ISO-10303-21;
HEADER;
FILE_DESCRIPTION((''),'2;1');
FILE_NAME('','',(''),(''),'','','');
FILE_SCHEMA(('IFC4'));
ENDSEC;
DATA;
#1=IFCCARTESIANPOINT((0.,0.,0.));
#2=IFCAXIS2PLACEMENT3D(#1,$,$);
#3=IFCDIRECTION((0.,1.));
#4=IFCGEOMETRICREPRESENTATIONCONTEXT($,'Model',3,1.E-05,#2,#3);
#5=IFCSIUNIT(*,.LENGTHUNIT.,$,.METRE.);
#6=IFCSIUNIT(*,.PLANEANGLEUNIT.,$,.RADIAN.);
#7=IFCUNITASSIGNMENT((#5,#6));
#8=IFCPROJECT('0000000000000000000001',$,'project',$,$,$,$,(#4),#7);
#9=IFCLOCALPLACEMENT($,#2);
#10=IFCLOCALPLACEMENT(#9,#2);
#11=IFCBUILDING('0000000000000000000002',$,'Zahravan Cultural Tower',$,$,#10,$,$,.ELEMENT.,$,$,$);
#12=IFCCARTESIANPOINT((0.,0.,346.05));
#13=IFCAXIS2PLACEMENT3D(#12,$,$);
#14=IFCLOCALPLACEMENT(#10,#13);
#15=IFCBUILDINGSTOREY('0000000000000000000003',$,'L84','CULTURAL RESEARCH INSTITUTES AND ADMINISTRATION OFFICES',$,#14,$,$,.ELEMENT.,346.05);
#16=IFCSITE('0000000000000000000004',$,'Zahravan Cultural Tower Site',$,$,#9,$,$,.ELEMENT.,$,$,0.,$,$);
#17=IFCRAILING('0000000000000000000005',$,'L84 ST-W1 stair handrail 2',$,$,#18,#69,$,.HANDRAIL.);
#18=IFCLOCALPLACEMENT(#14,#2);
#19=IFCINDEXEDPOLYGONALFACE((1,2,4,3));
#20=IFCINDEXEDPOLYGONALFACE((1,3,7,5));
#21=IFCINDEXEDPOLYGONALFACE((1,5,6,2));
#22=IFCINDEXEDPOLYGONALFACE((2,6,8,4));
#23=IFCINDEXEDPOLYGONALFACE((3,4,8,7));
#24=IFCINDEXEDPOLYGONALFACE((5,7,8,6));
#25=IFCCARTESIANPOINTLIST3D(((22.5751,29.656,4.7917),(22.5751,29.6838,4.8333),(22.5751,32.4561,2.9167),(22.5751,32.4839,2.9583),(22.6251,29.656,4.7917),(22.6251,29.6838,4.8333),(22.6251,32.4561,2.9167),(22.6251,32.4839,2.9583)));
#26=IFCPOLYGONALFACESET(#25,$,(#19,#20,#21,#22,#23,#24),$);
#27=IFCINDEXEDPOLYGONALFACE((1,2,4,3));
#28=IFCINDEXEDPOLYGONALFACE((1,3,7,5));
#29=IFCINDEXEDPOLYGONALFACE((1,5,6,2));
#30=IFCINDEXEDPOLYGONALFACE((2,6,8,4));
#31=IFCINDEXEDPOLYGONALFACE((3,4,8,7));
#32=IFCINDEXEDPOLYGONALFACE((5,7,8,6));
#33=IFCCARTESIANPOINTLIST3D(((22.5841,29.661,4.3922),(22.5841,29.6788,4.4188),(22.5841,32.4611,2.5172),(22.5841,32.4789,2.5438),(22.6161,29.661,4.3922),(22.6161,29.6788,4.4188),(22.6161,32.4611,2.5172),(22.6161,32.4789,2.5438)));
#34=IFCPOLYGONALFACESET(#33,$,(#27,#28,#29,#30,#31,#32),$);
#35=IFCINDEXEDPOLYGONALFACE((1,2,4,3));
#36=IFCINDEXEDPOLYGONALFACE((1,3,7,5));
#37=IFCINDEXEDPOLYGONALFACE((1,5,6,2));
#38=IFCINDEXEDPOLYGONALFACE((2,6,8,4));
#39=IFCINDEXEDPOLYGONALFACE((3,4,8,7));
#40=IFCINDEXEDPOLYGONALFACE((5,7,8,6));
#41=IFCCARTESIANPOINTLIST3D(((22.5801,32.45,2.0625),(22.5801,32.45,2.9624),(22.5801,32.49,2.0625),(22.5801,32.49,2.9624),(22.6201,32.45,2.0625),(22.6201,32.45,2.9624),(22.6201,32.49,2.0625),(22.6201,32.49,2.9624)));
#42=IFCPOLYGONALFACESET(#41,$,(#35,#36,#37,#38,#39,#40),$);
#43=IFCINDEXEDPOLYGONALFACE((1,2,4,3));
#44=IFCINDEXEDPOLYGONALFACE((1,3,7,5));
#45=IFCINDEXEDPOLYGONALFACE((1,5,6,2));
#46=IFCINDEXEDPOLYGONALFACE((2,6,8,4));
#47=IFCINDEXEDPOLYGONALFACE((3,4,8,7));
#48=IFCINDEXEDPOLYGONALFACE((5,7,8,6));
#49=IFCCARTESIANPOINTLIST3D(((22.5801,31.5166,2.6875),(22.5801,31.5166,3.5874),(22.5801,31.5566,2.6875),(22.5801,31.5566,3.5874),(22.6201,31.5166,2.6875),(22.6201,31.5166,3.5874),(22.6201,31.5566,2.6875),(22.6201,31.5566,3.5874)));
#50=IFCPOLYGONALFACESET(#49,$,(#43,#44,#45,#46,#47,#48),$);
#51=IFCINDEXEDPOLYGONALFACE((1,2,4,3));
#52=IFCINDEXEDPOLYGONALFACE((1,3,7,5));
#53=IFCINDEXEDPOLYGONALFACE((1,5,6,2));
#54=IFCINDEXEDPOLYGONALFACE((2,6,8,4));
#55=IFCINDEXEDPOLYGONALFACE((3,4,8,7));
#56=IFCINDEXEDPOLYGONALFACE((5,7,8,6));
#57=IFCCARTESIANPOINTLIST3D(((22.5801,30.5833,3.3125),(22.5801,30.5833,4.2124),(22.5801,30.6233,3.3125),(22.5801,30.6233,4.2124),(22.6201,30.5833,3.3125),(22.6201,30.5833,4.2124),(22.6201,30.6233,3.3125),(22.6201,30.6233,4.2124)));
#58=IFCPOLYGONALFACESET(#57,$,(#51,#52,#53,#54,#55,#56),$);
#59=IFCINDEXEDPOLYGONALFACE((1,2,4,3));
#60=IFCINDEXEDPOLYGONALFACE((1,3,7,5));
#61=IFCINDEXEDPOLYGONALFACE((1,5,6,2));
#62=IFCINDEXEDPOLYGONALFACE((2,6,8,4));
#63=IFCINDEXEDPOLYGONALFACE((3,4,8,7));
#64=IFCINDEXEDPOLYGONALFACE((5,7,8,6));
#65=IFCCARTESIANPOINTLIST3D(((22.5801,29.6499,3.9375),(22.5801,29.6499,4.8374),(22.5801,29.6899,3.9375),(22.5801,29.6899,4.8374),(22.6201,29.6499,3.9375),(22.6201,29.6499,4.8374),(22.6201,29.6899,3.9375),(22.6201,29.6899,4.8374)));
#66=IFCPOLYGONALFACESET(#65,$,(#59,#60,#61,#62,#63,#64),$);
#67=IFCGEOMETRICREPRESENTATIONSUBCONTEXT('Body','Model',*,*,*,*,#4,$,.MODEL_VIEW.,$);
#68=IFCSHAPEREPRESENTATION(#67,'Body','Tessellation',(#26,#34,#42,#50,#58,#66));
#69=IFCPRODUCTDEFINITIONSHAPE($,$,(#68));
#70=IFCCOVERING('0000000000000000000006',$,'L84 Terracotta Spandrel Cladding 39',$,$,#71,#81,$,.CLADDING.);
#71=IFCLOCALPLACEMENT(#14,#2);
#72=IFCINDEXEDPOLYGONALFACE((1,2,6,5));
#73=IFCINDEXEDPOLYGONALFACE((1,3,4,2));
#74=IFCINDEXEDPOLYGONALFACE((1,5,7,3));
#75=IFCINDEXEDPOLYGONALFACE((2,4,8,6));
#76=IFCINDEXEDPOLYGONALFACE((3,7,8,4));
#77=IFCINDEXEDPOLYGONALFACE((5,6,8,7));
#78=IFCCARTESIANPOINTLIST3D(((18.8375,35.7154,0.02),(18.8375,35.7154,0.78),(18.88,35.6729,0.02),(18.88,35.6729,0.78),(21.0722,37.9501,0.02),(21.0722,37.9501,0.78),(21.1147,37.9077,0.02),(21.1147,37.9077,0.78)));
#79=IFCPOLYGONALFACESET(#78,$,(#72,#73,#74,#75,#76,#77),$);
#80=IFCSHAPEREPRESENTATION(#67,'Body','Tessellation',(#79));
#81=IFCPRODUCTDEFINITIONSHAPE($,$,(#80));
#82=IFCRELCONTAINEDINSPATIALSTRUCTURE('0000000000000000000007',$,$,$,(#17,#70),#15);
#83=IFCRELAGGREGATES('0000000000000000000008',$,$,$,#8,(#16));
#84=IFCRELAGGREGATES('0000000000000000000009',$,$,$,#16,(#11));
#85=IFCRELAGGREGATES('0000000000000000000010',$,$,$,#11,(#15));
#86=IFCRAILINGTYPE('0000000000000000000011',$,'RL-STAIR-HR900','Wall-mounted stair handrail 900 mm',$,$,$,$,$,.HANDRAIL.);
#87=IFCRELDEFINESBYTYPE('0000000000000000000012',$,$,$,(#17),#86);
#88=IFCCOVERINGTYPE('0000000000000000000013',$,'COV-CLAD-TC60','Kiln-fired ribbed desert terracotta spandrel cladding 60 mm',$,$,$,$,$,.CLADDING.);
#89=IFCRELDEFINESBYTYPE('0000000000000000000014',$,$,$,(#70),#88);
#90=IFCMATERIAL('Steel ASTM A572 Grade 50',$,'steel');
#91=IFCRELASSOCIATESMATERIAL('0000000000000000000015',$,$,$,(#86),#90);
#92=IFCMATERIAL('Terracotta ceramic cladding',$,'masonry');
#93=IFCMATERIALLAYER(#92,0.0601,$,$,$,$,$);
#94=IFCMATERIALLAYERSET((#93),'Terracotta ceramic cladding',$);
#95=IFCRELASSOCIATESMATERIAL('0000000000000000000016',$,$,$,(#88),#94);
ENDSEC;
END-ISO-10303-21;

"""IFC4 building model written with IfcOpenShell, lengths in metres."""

from ifc_helpers import new_model, si_unit, direction, frame, origin, origin_2d, place, context, subcontext, project, spatial, rectangle, extrude, source, transform, mapped, material, layer, layer_set, type_object, element, save


model = new_model("IFC4")

# Units and contexts
model_context = context("Model", 3, precision=1e-05, world=origin(), true_north=direction((0.0, 1.0)))
body_context = subcontext(model_context, "Body", "Model", "MODEL_VIEW")
ifc_project = project(units=[si_unit("LENGTHUNIT", "METRE"), si_unit("PLANEANGLEUNIT", "RADIAN")], contexts=[model_context])

# Site, building, storey
site_placement = place(None, origin())
site = spatial("IfcSite", under=ifc_project, at=site_placement, Name="Zahravan Cultural Tower Site", CompositionType="ELEMENT", RefElevation=0.0)
building_placement = place(site_placement, origin())
building = spatial("IfcBuilding", under=site, at=building_placement, Name="Zahravan Cultural Tower", CompositionType="ELEMENT")
storey_placement = place(building_placement, frame((0.0, 0.0, 346.05)))
storey = spatial("IfcBuildingStorey", under=building, at=storey_placement, Name="L84", Description="CULTURAL RESEARCH INSTITUTES AND ADMINISTRATION OFFICES", CompositionType="ELEMENT", Elevation=346.05)

# Railing
ifc_material_1 = material(Name="Steel ASTM A572 Grade 50", Category="steel")
railing_type_1 = type_object("IfcRailingType", Name="RL-STAIR-HR900", Description="Wall-mounted stair handrail 900 mm", PredefinedType="HANDRAIL", material=ifc_material_1)
railing_1_placement = place(storey_placement, frame((22.6001, 32.47, 2.0625)))
element("IfcRailing", 1, at=railing_1_placement, inside=storey, type_object=railing_type_1, Name="L84 ST-W1 stair handrail 2", PredefinedType="HANDRAIL", context=body_context, shape_type="SweptSolid", body=[
    extrude(rectangle(XDim=0.05, YDim=0.05, at=origin_2d()), frame((0.0, 0.0, 0.875), z_axis=(0.0, -0.830912, 0.556404), x_axis=(1.0, 0.0, 0.0)), (0.0, 0.0, 1.0), 3.3699),
    extrude(rectangle(XDim=0.032, YDim=0.032, at=origin_2d()), frame((0.0, 0.0, 0.468), z_axis=(0.0, -0.830912, 0.556404), x_axis=(1.0, 0.0, 0.0)), (0.0, 0.0, 1.0), 3.3699),
    extrude(rectangle(XDim=0.04, YDim=0.04, at=origin_2d()), origin(), (0.0, 0.0, 1.0), 0.8999),
    extrude(rectangle(XDim=0.04, YDim=0.04, at=origin_2d()), frame((0.0, -0.9333, 0.625)), (0.0, 0.0, 1.0), 0.8999),
    extrude(rectangle(XDim=0.04, YDim=0.04, at=origin_2d()), frame((0.0, -1.8667, 1.25)), (0.0, 0.0, 1.0), 0.8999),
    extrude(rectangle(XDim=0.04, YDim=0.04, at=origin_2d()), frame((0.0, -2.8, 1.875)), (0.0, 0.0, 1.0), 0.8999),
])

# Covering
ifc_material_2 = material(Name="Terracotta ceramic cladding", Category="masonry")
ifc_layer_1 = layer(ifc_material_2, 0.0601)
ifc_layer_set_1 = layer_set([ifc_layer_1], Name="Terracotta ceramic cladding")
covering_type = type_object("IfcCoveringType", Name="COV-CLAD-TC60", Description="Kiln-fired ribbed desert terracotta spandrel cladding 60 mm", PredefinedType="CLADDING", material=ifc_layer_set_1)
shared_shape_1 = source(origin(), body_context, "Body", "SweptSolid", [
    extrude(rectangle(XDim=3.1604, YDim=0.0601, at=origin_2d()), origin(), (0.0, 0.0, 1.0), 0.76),
])
covering_placement = place(storey_placement, frame((19.9761, 36.8115, 0.02), z_axis=(0.0, 0.0, 1.0), x_axis=(0.707094, 0.707119, 0.0)))
element("IfcCovering", 2, at=covering_placement, inside=storey, type_object=covering_type, Name="L84 Terracotta Spandrel Cladding 39", PredefinedType="CLADDING", context=body_context, shape_type="MappedRepresentation", body=[
    mapped(shared_shape_1, transform((0.0, 0.0, 0.0), x_axis=(1.0, 0.0, 0.0), y_axis=(0.0, 1.0, 0.0), z_axis=(0.0, 0.0, 1.0), scale=1.0)),
])

save(model, "model.ifc")
